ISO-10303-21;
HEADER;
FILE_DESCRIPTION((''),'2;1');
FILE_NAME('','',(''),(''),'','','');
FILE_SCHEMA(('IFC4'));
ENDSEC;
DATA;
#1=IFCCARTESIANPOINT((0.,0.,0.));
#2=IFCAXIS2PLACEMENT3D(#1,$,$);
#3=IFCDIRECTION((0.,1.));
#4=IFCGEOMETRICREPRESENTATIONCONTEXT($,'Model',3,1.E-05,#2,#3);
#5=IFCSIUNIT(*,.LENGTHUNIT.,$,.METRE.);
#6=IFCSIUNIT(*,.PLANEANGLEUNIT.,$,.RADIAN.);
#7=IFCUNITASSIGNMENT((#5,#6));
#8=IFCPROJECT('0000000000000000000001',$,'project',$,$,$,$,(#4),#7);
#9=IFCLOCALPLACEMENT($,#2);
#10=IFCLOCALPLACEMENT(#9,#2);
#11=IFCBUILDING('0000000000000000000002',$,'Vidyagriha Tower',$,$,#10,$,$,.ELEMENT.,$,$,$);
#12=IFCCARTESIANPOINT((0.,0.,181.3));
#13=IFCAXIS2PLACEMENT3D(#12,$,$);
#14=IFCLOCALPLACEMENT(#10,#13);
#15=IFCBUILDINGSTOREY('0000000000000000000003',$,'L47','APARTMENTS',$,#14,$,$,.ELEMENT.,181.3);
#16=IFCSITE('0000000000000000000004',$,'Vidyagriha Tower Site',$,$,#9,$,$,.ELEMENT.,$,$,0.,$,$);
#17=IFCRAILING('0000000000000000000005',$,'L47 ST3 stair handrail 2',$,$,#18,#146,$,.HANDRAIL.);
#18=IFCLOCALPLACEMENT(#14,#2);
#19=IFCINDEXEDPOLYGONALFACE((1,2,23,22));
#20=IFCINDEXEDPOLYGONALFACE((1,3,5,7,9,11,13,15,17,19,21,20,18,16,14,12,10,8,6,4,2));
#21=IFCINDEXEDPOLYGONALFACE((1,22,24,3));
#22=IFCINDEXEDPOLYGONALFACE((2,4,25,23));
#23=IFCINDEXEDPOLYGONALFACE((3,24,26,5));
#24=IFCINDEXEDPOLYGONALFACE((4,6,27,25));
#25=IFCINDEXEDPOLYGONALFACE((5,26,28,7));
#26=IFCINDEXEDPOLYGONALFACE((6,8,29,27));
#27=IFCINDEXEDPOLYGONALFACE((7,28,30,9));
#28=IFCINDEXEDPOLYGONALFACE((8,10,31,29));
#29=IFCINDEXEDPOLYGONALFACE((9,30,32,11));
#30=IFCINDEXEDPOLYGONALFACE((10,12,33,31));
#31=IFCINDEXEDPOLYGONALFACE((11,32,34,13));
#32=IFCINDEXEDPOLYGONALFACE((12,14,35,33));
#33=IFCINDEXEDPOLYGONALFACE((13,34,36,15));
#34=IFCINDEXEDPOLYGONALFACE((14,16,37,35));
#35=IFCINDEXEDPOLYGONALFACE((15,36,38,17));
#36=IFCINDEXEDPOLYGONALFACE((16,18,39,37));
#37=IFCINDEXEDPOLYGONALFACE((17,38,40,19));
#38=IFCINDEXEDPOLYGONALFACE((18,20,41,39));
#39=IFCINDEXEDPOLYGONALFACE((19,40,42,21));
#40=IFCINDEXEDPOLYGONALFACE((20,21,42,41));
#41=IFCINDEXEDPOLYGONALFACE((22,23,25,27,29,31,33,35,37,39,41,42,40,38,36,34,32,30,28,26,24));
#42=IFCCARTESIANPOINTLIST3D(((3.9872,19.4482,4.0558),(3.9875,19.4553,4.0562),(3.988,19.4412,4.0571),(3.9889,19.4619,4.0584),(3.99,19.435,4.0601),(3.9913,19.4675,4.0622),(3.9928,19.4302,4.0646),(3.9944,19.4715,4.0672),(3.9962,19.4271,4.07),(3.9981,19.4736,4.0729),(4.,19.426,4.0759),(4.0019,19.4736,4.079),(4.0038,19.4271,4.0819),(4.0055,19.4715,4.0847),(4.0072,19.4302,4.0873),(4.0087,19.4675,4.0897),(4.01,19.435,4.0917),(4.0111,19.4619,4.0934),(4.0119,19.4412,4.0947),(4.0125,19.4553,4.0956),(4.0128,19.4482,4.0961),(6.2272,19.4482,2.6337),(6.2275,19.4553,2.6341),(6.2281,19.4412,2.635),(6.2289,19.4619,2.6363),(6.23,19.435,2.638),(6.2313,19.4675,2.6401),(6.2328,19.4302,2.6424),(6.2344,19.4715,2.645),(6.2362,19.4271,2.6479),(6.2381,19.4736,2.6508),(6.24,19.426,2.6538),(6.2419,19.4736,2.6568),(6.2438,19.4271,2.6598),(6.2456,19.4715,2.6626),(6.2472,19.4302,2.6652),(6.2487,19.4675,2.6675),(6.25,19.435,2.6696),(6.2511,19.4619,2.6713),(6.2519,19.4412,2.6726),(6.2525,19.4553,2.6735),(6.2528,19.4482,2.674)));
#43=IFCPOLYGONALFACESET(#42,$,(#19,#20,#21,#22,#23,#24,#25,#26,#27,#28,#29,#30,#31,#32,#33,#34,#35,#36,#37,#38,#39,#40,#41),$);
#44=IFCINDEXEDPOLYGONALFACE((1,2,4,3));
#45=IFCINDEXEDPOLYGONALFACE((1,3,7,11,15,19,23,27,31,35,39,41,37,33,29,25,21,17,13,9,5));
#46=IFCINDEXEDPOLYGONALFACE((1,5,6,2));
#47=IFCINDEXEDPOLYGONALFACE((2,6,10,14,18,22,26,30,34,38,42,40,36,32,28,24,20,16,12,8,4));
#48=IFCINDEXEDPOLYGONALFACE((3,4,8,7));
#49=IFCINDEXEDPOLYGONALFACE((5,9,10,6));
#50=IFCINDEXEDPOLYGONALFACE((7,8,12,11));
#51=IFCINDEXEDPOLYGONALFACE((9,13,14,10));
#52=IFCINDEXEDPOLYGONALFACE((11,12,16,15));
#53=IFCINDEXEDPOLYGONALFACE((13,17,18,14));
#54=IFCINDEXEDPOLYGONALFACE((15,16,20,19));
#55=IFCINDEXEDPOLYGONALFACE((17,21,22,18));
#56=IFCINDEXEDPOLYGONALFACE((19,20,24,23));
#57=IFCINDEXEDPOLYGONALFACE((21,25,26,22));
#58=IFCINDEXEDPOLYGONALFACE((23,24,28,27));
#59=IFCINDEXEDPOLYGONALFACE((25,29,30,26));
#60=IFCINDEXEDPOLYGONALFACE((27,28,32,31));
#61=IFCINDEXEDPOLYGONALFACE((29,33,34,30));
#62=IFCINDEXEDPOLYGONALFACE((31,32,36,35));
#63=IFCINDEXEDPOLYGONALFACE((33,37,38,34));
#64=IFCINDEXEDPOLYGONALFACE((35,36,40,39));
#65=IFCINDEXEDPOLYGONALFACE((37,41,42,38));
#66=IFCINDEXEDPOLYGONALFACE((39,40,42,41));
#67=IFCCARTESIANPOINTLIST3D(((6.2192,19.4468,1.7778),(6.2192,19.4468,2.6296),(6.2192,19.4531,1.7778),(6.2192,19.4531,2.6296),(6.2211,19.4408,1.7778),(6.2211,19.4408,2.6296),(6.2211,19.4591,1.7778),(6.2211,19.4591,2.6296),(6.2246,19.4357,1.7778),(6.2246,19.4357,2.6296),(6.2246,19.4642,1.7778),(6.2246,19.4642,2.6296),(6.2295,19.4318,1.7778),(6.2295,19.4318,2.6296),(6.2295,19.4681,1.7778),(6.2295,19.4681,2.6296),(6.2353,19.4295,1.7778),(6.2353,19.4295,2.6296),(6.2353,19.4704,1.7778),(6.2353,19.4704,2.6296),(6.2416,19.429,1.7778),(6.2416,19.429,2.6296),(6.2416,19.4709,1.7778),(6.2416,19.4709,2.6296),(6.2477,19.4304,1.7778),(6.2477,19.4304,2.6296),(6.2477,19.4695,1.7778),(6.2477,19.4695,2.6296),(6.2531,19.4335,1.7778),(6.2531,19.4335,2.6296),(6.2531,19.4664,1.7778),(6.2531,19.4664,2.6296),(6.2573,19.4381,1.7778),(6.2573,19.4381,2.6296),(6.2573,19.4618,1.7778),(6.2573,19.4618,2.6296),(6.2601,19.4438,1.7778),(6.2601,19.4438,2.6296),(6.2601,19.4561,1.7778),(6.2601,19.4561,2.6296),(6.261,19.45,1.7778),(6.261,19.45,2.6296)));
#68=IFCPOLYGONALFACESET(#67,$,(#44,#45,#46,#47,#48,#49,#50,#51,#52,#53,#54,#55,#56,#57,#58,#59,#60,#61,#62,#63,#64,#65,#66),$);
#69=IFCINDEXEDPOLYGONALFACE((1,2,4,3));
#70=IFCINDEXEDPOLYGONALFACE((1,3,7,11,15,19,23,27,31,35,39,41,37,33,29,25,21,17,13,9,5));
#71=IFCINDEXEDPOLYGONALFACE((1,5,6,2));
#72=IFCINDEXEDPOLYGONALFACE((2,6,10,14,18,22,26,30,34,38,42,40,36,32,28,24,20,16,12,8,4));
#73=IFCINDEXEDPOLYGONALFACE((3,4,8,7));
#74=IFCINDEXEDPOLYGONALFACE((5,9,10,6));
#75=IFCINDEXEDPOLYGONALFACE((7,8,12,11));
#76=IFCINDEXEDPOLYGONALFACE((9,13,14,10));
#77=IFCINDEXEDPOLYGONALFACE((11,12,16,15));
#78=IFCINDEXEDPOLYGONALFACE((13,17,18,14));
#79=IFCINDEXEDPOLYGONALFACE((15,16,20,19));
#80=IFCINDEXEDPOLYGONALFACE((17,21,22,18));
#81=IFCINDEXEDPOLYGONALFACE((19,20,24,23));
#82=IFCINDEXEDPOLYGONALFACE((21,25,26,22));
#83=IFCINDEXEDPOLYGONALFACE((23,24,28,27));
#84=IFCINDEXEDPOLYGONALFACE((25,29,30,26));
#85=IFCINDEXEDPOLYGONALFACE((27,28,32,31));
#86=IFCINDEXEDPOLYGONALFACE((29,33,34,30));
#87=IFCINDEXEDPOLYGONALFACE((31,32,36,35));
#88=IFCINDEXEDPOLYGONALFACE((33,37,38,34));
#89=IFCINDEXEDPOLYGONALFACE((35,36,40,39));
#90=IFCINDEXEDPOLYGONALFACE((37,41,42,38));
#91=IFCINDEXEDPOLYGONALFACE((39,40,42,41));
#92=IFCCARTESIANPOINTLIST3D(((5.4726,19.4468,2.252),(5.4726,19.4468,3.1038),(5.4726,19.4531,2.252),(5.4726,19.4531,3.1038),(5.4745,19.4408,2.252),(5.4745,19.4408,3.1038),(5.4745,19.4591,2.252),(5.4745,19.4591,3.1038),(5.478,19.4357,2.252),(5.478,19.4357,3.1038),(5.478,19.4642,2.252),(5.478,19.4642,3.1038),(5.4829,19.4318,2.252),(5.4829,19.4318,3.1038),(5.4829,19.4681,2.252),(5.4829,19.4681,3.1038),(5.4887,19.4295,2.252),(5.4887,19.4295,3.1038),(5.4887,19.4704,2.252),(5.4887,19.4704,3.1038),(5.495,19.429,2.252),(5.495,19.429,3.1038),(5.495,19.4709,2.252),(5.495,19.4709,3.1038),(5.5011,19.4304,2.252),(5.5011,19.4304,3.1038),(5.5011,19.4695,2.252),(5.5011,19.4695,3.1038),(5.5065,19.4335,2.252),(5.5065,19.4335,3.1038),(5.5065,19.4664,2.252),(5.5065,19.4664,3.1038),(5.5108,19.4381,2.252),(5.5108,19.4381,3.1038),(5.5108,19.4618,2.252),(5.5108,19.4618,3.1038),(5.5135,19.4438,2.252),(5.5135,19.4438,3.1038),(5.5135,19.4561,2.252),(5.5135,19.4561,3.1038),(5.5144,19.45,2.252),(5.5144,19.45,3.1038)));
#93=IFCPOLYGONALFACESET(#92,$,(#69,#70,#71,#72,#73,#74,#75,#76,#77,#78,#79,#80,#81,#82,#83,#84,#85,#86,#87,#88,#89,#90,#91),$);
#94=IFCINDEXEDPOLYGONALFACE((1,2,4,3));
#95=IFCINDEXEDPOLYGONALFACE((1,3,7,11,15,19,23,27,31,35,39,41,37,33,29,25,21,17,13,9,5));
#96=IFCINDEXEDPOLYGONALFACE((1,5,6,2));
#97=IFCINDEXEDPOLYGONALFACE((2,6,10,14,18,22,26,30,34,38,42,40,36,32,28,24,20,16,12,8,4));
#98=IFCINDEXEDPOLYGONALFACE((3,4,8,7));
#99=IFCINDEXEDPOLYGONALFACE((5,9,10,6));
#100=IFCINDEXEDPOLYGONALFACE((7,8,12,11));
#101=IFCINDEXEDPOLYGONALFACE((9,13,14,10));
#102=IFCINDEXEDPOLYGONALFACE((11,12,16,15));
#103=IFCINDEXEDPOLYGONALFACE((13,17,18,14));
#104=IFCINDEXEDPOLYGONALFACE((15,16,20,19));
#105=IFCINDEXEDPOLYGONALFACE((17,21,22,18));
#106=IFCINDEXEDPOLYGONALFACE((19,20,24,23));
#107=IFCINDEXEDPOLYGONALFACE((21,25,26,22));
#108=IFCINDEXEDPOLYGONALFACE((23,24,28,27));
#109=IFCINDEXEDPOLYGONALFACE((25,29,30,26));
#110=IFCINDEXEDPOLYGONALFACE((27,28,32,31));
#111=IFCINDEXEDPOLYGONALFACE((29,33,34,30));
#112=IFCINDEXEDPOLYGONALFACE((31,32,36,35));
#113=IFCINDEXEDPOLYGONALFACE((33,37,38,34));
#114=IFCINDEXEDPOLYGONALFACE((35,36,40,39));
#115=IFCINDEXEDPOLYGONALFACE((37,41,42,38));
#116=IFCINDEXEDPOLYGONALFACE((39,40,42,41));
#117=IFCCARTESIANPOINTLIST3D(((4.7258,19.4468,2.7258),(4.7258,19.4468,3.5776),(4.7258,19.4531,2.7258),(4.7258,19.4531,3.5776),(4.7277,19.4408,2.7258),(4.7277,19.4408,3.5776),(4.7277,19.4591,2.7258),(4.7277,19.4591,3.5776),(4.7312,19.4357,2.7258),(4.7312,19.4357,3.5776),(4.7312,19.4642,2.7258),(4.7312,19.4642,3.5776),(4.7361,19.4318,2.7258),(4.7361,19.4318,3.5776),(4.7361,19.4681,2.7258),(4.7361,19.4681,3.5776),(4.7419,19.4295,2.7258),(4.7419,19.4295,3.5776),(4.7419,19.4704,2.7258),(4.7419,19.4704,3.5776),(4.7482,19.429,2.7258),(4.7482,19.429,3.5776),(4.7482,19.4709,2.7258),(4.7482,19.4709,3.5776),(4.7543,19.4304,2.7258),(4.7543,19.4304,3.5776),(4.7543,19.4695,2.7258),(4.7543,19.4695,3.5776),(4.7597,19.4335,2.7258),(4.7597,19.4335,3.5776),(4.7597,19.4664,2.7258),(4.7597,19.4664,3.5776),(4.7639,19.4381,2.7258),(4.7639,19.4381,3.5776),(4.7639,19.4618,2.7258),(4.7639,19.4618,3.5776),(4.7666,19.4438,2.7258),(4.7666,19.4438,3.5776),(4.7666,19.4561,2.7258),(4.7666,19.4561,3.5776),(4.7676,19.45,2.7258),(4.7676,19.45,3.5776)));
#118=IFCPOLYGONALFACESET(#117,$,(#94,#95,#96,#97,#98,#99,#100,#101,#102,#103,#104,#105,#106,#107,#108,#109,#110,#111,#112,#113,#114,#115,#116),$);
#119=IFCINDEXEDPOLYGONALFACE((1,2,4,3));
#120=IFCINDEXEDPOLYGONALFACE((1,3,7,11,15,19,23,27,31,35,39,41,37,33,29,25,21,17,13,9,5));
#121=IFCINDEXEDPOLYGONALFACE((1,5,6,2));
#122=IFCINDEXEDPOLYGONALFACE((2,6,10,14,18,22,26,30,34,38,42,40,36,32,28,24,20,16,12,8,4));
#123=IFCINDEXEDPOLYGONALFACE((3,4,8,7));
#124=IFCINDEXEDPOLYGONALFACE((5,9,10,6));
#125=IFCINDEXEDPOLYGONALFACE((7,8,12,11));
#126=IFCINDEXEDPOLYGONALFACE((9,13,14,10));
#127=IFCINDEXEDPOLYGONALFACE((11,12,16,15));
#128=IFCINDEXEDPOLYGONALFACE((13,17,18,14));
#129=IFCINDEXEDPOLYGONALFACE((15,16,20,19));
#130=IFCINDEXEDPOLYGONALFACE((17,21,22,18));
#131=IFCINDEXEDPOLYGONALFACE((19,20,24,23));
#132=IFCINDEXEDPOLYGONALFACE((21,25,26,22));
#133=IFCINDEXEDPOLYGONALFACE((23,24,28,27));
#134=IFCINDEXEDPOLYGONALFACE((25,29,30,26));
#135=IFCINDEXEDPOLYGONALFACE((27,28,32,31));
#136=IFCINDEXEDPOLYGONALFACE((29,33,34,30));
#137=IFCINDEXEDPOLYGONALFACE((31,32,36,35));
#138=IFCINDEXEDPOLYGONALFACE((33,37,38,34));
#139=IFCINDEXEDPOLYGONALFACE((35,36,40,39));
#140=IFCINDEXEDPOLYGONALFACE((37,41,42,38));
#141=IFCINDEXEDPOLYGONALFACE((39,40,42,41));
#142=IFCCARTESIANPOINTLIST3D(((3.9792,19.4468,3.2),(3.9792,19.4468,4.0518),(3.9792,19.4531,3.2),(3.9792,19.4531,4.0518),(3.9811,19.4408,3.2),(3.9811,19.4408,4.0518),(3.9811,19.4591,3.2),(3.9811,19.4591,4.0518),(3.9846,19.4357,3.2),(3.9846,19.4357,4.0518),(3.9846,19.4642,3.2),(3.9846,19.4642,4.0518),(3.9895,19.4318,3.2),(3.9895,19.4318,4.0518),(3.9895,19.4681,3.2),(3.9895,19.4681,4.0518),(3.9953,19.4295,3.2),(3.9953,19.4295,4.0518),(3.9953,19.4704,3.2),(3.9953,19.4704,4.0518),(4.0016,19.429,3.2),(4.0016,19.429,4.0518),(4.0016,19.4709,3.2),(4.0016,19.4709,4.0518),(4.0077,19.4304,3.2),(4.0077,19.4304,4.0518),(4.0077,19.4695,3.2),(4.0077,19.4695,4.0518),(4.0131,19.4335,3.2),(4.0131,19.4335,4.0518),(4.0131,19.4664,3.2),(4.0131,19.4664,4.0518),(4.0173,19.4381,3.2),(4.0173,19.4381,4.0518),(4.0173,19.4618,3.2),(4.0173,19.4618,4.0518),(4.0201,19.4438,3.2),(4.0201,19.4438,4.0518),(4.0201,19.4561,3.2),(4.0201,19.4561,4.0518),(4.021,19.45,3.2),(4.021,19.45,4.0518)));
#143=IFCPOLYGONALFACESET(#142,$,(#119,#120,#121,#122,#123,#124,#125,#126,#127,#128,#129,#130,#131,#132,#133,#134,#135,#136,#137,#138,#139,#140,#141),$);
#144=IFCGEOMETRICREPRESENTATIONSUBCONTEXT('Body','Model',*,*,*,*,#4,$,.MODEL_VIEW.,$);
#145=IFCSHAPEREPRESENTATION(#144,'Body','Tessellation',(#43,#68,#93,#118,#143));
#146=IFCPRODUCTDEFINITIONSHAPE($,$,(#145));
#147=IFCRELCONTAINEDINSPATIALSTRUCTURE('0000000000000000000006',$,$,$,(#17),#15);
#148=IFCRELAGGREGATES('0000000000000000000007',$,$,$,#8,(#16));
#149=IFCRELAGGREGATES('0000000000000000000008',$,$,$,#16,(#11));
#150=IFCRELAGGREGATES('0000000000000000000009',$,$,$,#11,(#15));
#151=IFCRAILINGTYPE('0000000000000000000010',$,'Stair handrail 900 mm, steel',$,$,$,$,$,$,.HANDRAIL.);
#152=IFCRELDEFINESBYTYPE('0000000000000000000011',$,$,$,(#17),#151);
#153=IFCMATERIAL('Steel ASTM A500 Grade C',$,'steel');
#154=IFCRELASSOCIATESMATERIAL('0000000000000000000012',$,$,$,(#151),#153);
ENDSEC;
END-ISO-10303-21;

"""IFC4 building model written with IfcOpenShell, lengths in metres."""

from ifc_helpers import new_model, si_unit, direction, frame, origin, origin_2d, place, context, subcontext, project, spatial, circle, extrude, material, type_object, element, save


model = new_model("IFC4")

# Units and contexts
model_context = context("Model", 3, precision=1e-05, world=origin(), true_north=direction((0.0, 1.0)))
body_context = subcontext(model_context, "Body", "Model", "MODEL_VIEW")
ifc_project = project(units=[si_unit("LENGTHUNIT", "METRE"), si_unit("PLANEANGLEUNIT", "RADIAN")], contexts=[model_context])

# Site, building, storey
site_placement = place(None, origin())
site = spatial("IfcSite", under=ifc_project, at=site_placement, Name="Vidyagriha Tower Site", CompositionType="ELEMENT", RefElevation=0.0)
building_placement = place(site_placement, origin())
building = spatial("IfcBuilding", under=site, at=building_placement, Name="Vidyagriha Tower", CompositionType="ELEMENT")
storey_placement = place(building_placement, frame((0.0, 0.0, 181.3)))
storey = spatial("IfcBuildingStorey", under=building, at=storey_placement, Name="L47", Description="APARTMENTS", CompositionType="ELEMENT", Elevation=181.3)

# Railing
ifc_material_1 = material(Name="Steel ASTM A500 Grade C", Category="steel")
railing_type_1 = type_object("IfcRailingType", Name="Stair handrail 900 mm, steel", PredefinedType="HANDRAIL", material=ifc_material_1)
railing_1_placement = place(storey_placement, frame((6.24, 19.45, 1.7778)))
element("IfcRailing", 1, at=railing_1_placement, inside=storey, type_object=railing_type_1, Name="L47 ST3 stair handrail 2", PredefinedType="HANDRAIL", context=body_context, shape_type="SweptSolid", body=[
    extrude(circle(Radius=0.0239, at=origin_2d()), frame((0.0, 0.0, 0.876), z_axis=(-0.844229, 0.0, 0.535982), x_axis=(0.0, -1.0, 0.0)), (0.0, 0.0, 1.0), 2.6533),
    extrude(circle(Radius=0.021, at=origin_2d()), origin(), (0.0, 0.0, 1.0), 0.8518),
    extrude(circle(Radius=0.021, at=origin_2d()), frame((-0.7466, 0.0, 0.4741)), (0.0, 0.0, 1.0), 0.8518),
    extrude(circle(Radius=0.021, at=origin_2d()), frame((-1.4934, 0.0, 0.948)), (0.0, 0.0, 1.0), 0.8518),
    extrude(circle(Radius=0.021, at=origin_2d()), frame((-2.24, 0.0, 1.4221)), (0.0, 0.0, 1.0), 0.8518),
])

save(model, "model.ifc")
